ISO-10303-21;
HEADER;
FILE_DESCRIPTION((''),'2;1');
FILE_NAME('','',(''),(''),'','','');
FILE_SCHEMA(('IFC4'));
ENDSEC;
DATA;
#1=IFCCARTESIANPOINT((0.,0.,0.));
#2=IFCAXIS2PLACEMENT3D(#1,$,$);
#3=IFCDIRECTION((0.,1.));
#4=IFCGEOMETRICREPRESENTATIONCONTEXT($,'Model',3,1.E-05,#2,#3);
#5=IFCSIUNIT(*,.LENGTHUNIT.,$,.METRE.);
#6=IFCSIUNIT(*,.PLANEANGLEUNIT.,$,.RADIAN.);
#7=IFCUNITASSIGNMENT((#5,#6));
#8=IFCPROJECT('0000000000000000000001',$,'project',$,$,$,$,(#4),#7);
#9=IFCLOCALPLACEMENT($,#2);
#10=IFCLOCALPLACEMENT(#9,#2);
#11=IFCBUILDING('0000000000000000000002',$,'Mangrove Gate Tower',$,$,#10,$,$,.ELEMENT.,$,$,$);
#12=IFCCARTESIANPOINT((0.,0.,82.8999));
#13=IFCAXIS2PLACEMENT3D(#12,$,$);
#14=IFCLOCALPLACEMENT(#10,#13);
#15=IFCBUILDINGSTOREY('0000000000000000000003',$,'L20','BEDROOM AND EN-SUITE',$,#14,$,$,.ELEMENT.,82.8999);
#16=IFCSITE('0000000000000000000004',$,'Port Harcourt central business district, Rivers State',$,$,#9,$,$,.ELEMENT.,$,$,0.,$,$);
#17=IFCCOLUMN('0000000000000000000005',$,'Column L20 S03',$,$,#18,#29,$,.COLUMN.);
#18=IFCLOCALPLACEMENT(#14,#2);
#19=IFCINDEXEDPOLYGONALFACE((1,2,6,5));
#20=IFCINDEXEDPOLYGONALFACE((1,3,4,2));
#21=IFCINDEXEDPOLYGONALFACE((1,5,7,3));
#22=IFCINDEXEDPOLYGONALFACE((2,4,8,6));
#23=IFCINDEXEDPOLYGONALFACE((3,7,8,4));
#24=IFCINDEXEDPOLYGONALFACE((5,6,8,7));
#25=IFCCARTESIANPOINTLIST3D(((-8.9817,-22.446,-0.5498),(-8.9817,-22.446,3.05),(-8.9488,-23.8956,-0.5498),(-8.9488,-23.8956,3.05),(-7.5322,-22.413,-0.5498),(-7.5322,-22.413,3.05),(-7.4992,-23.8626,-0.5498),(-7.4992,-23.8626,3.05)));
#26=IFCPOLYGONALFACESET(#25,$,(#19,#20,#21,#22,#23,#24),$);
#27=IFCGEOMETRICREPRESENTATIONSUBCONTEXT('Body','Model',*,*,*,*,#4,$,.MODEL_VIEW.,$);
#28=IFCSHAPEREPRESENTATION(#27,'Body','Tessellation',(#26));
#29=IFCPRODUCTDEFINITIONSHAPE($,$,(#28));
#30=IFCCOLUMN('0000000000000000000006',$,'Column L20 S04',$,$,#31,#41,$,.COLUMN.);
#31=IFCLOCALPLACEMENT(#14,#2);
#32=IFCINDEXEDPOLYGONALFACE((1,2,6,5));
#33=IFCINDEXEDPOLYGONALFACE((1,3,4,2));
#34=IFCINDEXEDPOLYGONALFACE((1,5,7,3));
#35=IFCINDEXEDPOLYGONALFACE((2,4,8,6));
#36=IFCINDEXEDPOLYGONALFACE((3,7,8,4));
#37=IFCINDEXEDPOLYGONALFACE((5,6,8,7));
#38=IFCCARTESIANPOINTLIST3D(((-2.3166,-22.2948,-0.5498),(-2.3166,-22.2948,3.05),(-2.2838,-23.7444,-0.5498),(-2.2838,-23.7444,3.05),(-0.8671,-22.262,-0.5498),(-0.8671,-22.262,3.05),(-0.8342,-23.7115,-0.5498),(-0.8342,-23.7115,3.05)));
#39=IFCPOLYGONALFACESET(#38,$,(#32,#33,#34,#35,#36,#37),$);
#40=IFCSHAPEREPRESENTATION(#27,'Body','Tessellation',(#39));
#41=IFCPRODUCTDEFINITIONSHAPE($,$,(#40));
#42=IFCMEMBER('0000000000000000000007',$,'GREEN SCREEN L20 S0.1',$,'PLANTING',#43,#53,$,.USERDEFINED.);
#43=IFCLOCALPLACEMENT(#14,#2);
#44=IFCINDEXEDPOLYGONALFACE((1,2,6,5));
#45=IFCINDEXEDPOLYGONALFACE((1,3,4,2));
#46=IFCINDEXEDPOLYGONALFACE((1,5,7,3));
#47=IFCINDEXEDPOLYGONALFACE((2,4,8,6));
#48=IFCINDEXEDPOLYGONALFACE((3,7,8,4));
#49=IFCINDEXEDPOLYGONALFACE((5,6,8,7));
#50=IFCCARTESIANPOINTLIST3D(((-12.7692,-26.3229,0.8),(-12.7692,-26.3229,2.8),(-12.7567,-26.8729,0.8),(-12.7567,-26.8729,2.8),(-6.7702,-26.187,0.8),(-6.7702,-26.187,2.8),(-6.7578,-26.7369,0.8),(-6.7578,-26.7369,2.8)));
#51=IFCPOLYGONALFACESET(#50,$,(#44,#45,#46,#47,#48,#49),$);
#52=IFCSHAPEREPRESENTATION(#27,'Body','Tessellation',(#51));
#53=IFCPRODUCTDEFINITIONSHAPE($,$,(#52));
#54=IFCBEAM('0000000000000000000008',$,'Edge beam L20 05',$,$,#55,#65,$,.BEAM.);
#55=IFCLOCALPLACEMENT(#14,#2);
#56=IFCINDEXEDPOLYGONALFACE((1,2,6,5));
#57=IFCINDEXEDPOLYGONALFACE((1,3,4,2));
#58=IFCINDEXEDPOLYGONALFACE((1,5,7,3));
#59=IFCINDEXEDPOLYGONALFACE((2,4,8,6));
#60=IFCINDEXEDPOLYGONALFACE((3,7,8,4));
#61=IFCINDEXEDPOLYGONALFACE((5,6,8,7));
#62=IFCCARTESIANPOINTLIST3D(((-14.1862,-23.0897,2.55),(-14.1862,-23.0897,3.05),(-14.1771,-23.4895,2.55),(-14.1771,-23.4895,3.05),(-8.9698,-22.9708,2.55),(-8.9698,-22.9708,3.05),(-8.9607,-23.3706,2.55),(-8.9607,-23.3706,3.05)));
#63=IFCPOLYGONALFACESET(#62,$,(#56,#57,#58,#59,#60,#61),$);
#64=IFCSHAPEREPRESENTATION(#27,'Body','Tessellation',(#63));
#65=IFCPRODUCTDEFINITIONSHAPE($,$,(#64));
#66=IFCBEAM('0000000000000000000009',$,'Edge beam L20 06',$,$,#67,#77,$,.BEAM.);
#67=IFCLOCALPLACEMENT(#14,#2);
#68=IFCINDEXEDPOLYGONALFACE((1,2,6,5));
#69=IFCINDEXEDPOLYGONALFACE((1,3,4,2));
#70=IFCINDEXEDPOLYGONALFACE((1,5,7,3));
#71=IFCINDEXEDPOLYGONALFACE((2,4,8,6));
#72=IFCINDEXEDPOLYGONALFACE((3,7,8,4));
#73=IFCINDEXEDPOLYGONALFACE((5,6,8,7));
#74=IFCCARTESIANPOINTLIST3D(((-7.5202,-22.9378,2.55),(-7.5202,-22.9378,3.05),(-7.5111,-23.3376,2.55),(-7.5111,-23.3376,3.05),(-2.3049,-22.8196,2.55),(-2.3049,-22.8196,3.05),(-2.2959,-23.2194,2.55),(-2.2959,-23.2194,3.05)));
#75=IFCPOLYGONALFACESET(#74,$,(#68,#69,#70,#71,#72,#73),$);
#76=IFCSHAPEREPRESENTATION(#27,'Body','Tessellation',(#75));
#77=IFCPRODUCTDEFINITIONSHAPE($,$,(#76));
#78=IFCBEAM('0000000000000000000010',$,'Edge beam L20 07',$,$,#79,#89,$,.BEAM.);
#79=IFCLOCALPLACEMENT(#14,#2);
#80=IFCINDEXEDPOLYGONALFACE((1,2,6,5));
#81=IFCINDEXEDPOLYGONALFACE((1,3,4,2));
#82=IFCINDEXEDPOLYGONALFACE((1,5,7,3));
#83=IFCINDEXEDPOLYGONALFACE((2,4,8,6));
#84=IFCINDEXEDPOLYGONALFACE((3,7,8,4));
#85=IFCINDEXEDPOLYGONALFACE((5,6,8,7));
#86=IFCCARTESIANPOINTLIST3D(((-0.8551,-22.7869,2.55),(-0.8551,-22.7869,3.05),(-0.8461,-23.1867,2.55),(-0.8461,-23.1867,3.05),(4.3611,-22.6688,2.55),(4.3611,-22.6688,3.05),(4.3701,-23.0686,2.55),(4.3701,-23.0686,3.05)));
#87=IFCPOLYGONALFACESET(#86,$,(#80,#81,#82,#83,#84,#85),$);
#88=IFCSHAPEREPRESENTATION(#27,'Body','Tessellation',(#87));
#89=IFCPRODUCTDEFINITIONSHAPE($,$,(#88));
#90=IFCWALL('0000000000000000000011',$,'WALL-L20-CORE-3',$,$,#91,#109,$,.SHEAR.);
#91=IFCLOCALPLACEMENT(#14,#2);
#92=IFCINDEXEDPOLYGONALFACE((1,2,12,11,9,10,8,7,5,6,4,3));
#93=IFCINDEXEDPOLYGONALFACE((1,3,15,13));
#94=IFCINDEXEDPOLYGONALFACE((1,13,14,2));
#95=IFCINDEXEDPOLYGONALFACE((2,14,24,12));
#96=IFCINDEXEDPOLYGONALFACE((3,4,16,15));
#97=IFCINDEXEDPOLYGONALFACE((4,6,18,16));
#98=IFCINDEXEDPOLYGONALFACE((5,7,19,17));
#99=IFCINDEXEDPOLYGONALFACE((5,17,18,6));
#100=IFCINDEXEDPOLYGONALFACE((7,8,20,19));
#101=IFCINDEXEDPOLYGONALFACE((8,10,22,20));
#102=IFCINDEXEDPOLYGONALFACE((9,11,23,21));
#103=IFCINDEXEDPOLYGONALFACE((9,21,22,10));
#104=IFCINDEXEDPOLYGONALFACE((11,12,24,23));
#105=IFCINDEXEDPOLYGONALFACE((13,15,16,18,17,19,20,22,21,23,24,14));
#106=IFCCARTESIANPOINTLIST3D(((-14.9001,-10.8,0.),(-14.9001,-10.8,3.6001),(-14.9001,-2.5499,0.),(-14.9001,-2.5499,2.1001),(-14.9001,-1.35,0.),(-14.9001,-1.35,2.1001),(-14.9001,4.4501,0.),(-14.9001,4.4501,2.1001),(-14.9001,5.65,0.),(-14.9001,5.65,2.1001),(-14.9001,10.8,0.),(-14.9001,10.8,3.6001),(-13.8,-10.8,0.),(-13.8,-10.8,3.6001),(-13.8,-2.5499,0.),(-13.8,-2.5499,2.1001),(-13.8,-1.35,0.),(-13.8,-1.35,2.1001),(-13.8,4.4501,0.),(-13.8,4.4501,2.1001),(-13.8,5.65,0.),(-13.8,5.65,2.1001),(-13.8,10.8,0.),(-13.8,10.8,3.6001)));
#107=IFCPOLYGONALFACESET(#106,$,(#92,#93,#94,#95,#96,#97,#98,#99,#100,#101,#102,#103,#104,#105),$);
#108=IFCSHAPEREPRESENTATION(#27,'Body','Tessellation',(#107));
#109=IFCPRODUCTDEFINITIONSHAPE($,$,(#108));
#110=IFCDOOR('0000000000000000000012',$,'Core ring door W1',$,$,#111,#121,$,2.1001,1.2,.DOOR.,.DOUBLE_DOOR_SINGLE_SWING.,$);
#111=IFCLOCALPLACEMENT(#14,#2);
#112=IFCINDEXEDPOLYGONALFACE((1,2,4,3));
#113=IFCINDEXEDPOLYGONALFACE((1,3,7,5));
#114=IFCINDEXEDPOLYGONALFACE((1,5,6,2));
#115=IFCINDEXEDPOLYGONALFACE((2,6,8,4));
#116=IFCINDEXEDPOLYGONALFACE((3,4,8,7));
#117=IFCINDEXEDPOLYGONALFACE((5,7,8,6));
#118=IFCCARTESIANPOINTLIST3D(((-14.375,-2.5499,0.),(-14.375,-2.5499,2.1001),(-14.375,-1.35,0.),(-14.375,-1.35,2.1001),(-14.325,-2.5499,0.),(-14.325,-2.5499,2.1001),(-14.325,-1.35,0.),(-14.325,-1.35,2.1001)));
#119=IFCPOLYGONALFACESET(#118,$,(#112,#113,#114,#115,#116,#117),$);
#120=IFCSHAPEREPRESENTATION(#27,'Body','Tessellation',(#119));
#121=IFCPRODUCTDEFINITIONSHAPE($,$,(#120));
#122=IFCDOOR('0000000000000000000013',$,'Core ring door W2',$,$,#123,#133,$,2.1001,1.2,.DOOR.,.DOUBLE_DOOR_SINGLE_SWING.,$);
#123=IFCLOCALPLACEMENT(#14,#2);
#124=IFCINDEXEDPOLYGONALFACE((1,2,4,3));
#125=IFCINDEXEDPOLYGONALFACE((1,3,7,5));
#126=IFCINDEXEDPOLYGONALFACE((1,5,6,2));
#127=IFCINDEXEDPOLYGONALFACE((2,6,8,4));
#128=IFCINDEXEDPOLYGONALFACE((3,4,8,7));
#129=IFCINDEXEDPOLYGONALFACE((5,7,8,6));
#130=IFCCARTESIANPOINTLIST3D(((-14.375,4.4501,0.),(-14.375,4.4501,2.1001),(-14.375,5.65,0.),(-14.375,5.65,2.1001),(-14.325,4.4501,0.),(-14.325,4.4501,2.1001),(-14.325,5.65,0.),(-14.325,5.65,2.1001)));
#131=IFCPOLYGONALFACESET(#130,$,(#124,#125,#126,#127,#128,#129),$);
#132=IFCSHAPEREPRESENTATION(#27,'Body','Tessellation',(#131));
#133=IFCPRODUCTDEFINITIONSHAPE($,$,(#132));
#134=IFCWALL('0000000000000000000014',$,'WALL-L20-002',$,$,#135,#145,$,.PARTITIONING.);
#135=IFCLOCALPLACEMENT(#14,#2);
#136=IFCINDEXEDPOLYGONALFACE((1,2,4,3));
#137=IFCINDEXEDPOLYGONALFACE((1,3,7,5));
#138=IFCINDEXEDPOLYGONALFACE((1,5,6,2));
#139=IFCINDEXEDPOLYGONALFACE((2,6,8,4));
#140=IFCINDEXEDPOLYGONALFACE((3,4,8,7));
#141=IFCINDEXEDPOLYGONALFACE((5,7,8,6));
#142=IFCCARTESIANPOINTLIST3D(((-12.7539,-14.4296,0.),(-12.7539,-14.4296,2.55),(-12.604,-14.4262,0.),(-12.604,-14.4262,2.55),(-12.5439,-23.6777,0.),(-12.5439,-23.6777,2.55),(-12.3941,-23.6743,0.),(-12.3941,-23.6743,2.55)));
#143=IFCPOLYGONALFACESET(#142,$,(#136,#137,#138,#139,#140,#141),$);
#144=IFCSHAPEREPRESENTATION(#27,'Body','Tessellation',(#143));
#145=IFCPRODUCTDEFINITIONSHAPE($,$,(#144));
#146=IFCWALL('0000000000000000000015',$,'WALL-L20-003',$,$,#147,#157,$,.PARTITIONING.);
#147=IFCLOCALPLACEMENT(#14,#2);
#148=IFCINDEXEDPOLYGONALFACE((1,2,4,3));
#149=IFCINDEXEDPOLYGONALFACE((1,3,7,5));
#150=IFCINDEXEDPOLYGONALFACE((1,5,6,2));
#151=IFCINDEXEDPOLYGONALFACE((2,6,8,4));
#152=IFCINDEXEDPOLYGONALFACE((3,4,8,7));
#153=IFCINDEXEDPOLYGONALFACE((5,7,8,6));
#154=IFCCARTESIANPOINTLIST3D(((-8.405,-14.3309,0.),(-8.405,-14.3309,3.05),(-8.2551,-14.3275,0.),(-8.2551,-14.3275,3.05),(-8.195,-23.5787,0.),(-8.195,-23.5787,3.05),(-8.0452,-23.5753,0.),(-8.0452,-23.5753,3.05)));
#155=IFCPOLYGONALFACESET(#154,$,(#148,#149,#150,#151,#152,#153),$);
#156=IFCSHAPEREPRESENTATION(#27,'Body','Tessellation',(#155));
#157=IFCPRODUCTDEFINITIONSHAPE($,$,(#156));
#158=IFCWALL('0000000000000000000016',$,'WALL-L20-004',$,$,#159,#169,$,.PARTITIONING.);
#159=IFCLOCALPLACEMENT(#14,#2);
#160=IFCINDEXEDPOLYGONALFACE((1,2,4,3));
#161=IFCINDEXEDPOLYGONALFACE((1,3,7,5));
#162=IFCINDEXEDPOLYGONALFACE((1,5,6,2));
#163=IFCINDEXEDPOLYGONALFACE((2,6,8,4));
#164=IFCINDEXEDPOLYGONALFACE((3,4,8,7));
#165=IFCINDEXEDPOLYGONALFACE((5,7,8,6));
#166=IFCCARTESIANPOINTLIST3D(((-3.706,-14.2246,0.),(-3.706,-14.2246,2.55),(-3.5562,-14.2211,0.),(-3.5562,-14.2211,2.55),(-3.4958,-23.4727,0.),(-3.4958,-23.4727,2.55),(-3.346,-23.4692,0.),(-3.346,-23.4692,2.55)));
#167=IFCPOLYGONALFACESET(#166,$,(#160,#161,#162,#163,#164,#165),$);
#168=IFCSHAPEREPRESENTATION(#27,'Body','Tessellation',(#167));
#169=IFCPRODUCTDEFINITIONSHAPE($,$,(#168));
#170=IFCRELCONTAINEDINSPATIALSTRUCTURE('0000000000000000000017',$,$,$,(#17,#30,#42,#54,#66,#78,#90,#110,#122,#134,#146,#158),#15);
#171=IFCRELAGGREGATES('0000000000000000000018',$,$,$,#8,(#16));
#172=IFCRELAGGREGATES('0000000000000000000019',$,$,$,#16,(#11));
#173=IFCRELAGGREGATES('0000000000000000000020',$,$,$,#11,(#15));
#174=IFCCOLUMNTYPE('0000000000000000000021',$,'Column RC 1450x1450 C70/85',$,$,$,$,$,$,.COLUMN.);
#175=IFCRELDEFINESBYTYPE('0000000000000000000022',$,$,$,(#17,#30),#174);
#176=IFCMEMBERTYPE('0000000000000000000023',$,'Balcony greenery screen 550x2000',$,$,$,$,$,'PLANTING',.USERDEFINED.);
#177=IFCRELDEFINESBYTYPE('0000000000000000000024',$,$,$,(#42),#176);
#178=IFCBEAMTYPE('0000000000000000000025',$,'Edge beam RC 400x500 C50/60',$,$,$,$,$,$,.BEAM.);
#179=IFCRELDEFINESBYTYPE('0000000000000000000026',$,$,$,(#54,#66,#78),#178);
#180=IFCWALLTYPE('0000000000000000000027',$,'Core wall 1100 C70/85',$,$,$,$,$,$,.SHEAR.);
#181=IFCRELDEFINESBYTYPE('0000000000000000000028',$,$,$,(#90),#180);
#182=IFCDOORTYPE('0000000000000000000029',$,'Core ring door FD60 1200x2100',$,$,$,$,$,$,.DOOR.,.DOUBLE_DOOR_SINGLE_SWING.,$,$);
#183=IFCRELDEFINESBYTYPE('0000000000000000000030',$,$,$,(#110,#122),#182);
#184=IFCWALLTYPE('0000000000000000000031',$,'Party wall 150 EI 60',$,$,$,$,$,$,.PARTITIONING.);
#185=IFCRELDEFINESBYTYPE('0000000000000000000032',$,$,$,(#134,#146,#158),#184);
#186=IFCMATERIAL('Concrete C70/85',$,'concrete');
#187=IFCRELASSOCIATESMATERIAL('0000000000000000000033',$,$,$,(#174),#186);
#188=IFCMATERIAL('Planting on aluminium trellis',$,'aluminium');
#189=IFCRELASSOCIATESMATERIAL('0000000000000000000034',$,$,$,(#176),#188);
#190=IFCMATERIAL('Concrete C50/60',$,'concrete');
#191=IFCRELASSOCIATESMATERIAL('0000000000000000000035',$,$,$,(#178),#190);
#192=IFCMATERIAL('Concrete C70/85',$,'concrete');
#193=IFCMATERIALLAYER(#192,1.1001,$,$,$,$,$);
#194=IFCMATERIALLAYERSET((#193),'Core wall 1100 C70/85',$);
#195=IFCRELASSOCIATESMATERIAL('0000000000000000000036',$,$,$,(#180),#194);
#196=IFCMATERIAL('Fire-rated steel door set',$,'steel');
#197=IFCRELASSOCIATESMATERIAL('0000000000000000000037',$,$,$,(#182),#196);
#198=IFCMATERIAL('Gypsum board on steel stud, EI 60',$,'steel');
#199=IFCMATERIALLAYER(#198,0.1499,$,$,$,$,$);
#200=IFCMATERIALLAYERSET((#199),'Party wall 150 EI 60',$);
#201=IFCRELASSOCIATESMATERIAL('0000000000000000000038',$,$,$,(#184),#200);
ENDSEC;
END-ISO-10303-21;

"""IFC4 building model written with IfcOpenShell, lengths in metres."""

from ifc_helpers import new_model, si_unit, direction, frame, frame_2d, origin, origin_2d, place, context, subcontext, project, spatial, rectangle, extrude, material, layer, layer_set, material_profile, profile_set, type_object, element, fill, save


model = new_model("IFC4")

# Units and contexts
model_context = context("Model", 3, precision=1e-05, world=origin(), true_north=direction((0.0, 1.0)))
body_context = subcontext(model_context, "Body", "Model", "MODEL_VIEW")
ifc_project = project(units=[si_unit("LENGTHUNIT", "METRE"), si_unit("PLANEANGLEUNIT", "RADIAN")], contexts=[model_context])

# Site, building, storey
site_placement = place(None, origin())
site = spatial("IfcSite", under=ifc_project, at=site_placement, Name="Port Harcourt central business district, Rivers State", CompositionType="ELEMENT", RefElevation=0.0)
building_placement = place(site_placement, origin())
building = spatial("IfcBuilding", under=site, at=building_placement, Name="Mangrove Gate Tower", CompositionType="ELEMENT")
storey_placement = place(building_placement, frame((0.0, 0.0, 82.8999)))
storey = spatial("IfcBuildingStorey", under=building, at=storey_placement, Name="L20", Description="BEDROOM AND EN-SUITE", CompositionType="ELEMENT", Elevation=82.8999)

# Columns
ifc_material_1 = material(Name="Concrete C70/85", Category="concrete")
ifc_material_profile_1 = material_profile(ifc_material_1, rectangle(XDim=1.45, YDim=1.45, at=origin_2d()))
ifc_profile_set_1 = profile_set([ifc_material_profile_1], Name="Concrete C70/85")
column_type = type_object("IfcColumnType", Name="Column RC 1450x1450 C70/85", PredefinedType="COLUMN", material=ifc_profile_set_1)
for number, where, z_axis, x_axis, name in (
    (1, (-8.2405, -23.1543, -0.5498), (0.0, 0.0, 1.0), (0.999742, 0.022723, 0.0), "Column L20 S03"),
    (2, (-1.5754, -23.0032, -0.5498), (0.0, 0.0, 1.0), (0.999743, 0.022648, 0.0), "Column L20 S04"),
):
    element("IfcColumn", number, at=place(storey_placement, frame(where, z_axis=z_axis, x_axis=x_axis)), inside=storey, type_object=column_type, Name=name, PredefinedType="COLUMN", context=body_context, shape_type="SweptSolid", body=[
        extrude(rectangle(XDim=1.45, YDim=1.45, at=origin_2d()), origin(), (0.0, 0.0, 1.0), 3.5999),
    ])

# Member
ifc_material_2 = material(Name="Planting on aluminium trellis", Category="aluminium")
ifc_material_profile_2 = material_profile(ifc_material_2, rectangle(XDim=0.55, YDim=2.0, at=origin_2d()))
ifc_profile_set_2 = profile_set([ifc_material_profile_2], Name="Planting on aluminium trellis")
member_type = type_object("IfcMemberType", Name="Balcony greenery screen 550x2000", ElementType="PLANTING", PredefinedType="USERDEFINED", material=ifc_profile_set_2)
member_placement = place(storey_placement, frame((-12.7629, -26.5979, 1.8), z_axis=(0.999743, 0.022662, 0.0), x_axis=(-0.022662, 0.999743, 0.0)))
element("IfcMember", 3, at=member_placement, inside=storey, type_object=member_type, Name="GREEN SCREEN L20 S0.1", ObjectType="PLANTING", PredefinedType="USERDEFINED", context=body_context, shape_type="SweptSolid", body=[
    extrude(rectangle(XDim=0.55, YDim=2.0, at=origin_2d()), origin(), (0.0, 0.0, 1.0), 6.0005),
])

# Beams
ifc_material_3 = material(Name="Concrete C50/60", Category="concrete")
ifc_material_profile_3 = material_profile(ifc_material_3, rectangle(XDim=0.3999, YDim=0.5, at=origin_2d()))
ifc_profile_set_3 = profile_set([ifc_material_profile_3], Name="Concrete C50/60")
beam_type = type_object("IfcBeamType", Name="Edge beam RC 400x500 C50/60", PredefinedType="BEAM", material=ifc_profile_set_3)
beam_1_placement = place(storey_placement, frame((-14.1816, -23.2896, 2.8), z_axis=(0.99974, 0.022787, 0.0), x_axis=(-0.022787, 0.99974, 0.0)))
element("IfcBeam", 4, at=beam_1_placement, inside=storey, type_object=beam_type, Name="Edge beam L20 05", PredefinedType="BEAM", context=body_context, shape_type="SweptSolid", body=[
    extrude(rectangle(XDim=0.3999, YDim=0.5, at=origin_2d()), origin(), (0.0, 0.0, 1.0), 5.2178),
])
beam_2_placement = place(storey_placement, frame((-7.5156, -23.1377, 2.8), z_axis=(0.999743, 0.022651, 0.0), x_axis=(-0.022651, 0.999743, 0.0)))
element("IfcBeam", 5, at=beam_2_placement, inside=storey, type_object=beam_type, Name="Edge beam L20 06", PredefinedType="BEAM", context=body_context, shape_type="SweptSolid", body=[
    extrude(rectangle(XDim=0.3999, YDim=0.5, at=origin_2d()), origin(), (0.0, 0.0, 1.0), 5.2166),
])
beam_3_placement = place(storey_placement, frame((-0.8506, -22.9868, 2.8), z_axis=(0.999744, 0.022647, 0.0), x_axis=(-0.022647, 0.999744, 0.0)))
element("IfcBeam", 6, at=beam_3_placement, inside=storey, type_object=beam_type, Name="Edge beam L20 07", PredefinedType="BEAM", context=body_context, shape_type="SweptSolid", body=[
    extrude(rectangle(XDim=0.3999, YDim=0.5, at=origin_2d()), origin(), (0.0, 0.0, 1.0), 5.2175),
])

# Wall, openings, doors
ifc_material_4 = material(Name="Concrete C70/85", Category="concrete")
ifc_layer_1 = layer(ifc_material_4, 1.1001)
ifc_layer_set_1 = layer_set([ifc_layer_1], Name="Core wall 1100 C70/85")
wall_type_1 = type_object("IfcWallType", Name="Core wall 1100 C70/85", PredefinedType="SHEAR", material=ifc_layer_set_1)
wall_1_placement = place(storey_placement, frame((-14.3501, -10.8, 0.0), z_axis=(0.0, 0.0, 1.0), x_axis=(0.0, 1.0, 0.0)))
wall_1 = element("IfcWall", 7, at=wall_1_placement, inside=storey, type_object=wall_type_1, Name="WALL-L20-CORE-3", PredefinedType="SHEAR", context=body_context, shape_type="SweptSolid", body=[
    extrude(rectangle(XDim=21.6001, YDim=1.1001, at=frame_2d((10.8, 0.0))), origin(), (0.0, 0.0, 1.0), 3.6001),
])
opening_1_placement = place(wall_1_placement, frame((8.25, 0.0, 0.0)))
opening_1 = element("IfcOpeningElement", 8, at=opening_1_placement, cuts=wall_1, PredefinedType="OPENING", context=body_context, shape_type="SweptSolid", body=[
    extrude(rectangle(XDim=1.2, YDim=2.1001, at=frame_2d((0.6001, 1.05))), frame((0.0, 0.5601, 0.0), z_axis=(0.0, -1.0, 0.0), x_axis=(1.0, 0.0, 0.0)), (0.0, 0.0, 1.0), 1.1201),
])
opening_2_placement = place(wall_1_placement, frame((15.25, 0.0, 0.0)))
opening_2 = element("IfcOpeningElement", 9, at=opening_2_placement, cuts=wall_1, PredefinedType="OPENING", context=body_context, shape_type="SweptSolid", body=[
    extrude(rectangle(XDim=1.2, YDim=2.1001, at=frame_2d((0.6001, 1.05))), frame((0.0, 0.5601, 0.0), z_axis=(0.0, -1.0, 0.0), x_axis=(1.0, 0.0, 0.0)), (0.0, 0.0, 1.0), 1.1201),
])
ifc_material_5 = material(Name="Fire-rated steel door set", Category="steel")
door_type_1 = type_object("IfcDoorType", Name="Core ring door FD60 1200x2100", OperationType="DOUBLE_DOOR_SINGLE_SWING", PredefinedType="DOOR", material=ifc_material_5)
door_1_placement = place(opening_1_placement, origin())
door_1 = element("IfcDoor", 10, at=door_1_placement, inside=storey, type_object=door_type_1, Name="Core ring door W1", OperationType="DOUBLE_DOOR_SINGLE_SWING", OverallHeight=2.1001, OverallWidth=1.2, PredefinedType="DOOR", context=body_context, shape_type="SweptSolid", body=[
    extrude(rectangle(XDim=1.2, YDim=2.1001, at=frame_2d((0.6001, 1.05))), frame((0.0, 0.0249, 0.0), z_axis=(0.0, -1.0, 0.0), x_axis=(1.0, 0.0, 0.0)), (0.0, 0.0, 1.0), 0.05),
])
fill(opening_1, door_1)
door_2_placement = place(opening_2_placement, origin())
door_2 = element("IfcDoor", 11, at=door_2_placement, inside=storey, type_object=door_type_1, Name="Core ring door W2", OperationType="DOUBLE_DOOR_SINGLE_SWING", OverallHeight=2.1001, OverallWidth=1.2, PredefinedType="DOOR", context=body_context, shape_type="SweptSolid", body=[
    extrude(rectangle(XDim=1.2, YDim=2.1001, at=frame_2d((0.6001, 1.05))), frame((0.0, 0.0249, 0.0), z_axis=(0.0, -1.0, 0.0), x_axis=(1.0, 0.0, 0.0)), (0.0, 0.0, 1.0), 0.05),
])
fill(opening_2, door_2)

# Walls
ifc_material_6 = material(Name="Gypsum board on steel stud, EI 60", Category="steel")
ifc_layer_2 = layer(ifc_material_6, 0.1499)
ifc_layer_set_2 = layer_set([ifc_layer_2], Name="Party wall 150 EI 60")
wall_type_2 = type_object("IfcWallType", Name="Party wall 150 EI 60", PredefinedType="PARTITIONING", material=ifc_layer_set_2)
wall_2_placement = place(storey_placement, frame((-12.469, -23.676, 0.0), z_axis=(0.0, 0.0, 1.0), x_axis=(-0.022697, 0.999742, 0.0)))
element("IfcWall", 12, at=wall_2_placement, inside=storey, type_object=wall_type_2, Name="WALL-L20-002", PredefinedType="PARTITIONING", context=body_context, shape_type="SweptSolid", body=[
    extrude(rectangle(XDim=9.2505, YDim=0.1499, at=frame_2d((4.6252, 0.0))), origin(), (0.0, 0.0, 1.0), 2.55),
])
wall_3_placement = place(storey_placement, frame((-8.1201, -23.5769, 0.0), z_axis=(0.0, 0.0, 1.0), x_axis=(-0.022698, 0.999742, 0.0)))
element("IfcWall", 13, at=wall_3_placement, inside=storey, type_object=wall_type_2, Name="WALL-L20-003", PredefinedType="PARTITIONING", context=body_context, shape_type="SweptSolid", body=[
    extrude(rectangle(XDim=9.2502, YDim=0.1499, at=frame_2d((4.625, 0.0))), origin(), (0.0, 0.0, 1.0), 3.05),
])
wall_4_placement = place(storey_placement, frame((-3.4209, -23.4709, 0.0), z_axis=(0.0, 0.0, 1.0), x_axis=(-0.022724, 0.999742, 0.0)))
element("IfcWall", 14, at=wall_4_placement, inside=storey, type_object=wall_type_2, Name="WALL-L20-004", PredefinedType="PARTITIONING", context=body_context, shape_type="SweptSolid", body=[
    extrude(rectangle(XDim=9.2505, YDim=0.1499, at=frame_2d((4.6252, 0.0))), origin(), (0.0, 0.0, 1.0), 2.55),
])

save(model, "model.ifc")
